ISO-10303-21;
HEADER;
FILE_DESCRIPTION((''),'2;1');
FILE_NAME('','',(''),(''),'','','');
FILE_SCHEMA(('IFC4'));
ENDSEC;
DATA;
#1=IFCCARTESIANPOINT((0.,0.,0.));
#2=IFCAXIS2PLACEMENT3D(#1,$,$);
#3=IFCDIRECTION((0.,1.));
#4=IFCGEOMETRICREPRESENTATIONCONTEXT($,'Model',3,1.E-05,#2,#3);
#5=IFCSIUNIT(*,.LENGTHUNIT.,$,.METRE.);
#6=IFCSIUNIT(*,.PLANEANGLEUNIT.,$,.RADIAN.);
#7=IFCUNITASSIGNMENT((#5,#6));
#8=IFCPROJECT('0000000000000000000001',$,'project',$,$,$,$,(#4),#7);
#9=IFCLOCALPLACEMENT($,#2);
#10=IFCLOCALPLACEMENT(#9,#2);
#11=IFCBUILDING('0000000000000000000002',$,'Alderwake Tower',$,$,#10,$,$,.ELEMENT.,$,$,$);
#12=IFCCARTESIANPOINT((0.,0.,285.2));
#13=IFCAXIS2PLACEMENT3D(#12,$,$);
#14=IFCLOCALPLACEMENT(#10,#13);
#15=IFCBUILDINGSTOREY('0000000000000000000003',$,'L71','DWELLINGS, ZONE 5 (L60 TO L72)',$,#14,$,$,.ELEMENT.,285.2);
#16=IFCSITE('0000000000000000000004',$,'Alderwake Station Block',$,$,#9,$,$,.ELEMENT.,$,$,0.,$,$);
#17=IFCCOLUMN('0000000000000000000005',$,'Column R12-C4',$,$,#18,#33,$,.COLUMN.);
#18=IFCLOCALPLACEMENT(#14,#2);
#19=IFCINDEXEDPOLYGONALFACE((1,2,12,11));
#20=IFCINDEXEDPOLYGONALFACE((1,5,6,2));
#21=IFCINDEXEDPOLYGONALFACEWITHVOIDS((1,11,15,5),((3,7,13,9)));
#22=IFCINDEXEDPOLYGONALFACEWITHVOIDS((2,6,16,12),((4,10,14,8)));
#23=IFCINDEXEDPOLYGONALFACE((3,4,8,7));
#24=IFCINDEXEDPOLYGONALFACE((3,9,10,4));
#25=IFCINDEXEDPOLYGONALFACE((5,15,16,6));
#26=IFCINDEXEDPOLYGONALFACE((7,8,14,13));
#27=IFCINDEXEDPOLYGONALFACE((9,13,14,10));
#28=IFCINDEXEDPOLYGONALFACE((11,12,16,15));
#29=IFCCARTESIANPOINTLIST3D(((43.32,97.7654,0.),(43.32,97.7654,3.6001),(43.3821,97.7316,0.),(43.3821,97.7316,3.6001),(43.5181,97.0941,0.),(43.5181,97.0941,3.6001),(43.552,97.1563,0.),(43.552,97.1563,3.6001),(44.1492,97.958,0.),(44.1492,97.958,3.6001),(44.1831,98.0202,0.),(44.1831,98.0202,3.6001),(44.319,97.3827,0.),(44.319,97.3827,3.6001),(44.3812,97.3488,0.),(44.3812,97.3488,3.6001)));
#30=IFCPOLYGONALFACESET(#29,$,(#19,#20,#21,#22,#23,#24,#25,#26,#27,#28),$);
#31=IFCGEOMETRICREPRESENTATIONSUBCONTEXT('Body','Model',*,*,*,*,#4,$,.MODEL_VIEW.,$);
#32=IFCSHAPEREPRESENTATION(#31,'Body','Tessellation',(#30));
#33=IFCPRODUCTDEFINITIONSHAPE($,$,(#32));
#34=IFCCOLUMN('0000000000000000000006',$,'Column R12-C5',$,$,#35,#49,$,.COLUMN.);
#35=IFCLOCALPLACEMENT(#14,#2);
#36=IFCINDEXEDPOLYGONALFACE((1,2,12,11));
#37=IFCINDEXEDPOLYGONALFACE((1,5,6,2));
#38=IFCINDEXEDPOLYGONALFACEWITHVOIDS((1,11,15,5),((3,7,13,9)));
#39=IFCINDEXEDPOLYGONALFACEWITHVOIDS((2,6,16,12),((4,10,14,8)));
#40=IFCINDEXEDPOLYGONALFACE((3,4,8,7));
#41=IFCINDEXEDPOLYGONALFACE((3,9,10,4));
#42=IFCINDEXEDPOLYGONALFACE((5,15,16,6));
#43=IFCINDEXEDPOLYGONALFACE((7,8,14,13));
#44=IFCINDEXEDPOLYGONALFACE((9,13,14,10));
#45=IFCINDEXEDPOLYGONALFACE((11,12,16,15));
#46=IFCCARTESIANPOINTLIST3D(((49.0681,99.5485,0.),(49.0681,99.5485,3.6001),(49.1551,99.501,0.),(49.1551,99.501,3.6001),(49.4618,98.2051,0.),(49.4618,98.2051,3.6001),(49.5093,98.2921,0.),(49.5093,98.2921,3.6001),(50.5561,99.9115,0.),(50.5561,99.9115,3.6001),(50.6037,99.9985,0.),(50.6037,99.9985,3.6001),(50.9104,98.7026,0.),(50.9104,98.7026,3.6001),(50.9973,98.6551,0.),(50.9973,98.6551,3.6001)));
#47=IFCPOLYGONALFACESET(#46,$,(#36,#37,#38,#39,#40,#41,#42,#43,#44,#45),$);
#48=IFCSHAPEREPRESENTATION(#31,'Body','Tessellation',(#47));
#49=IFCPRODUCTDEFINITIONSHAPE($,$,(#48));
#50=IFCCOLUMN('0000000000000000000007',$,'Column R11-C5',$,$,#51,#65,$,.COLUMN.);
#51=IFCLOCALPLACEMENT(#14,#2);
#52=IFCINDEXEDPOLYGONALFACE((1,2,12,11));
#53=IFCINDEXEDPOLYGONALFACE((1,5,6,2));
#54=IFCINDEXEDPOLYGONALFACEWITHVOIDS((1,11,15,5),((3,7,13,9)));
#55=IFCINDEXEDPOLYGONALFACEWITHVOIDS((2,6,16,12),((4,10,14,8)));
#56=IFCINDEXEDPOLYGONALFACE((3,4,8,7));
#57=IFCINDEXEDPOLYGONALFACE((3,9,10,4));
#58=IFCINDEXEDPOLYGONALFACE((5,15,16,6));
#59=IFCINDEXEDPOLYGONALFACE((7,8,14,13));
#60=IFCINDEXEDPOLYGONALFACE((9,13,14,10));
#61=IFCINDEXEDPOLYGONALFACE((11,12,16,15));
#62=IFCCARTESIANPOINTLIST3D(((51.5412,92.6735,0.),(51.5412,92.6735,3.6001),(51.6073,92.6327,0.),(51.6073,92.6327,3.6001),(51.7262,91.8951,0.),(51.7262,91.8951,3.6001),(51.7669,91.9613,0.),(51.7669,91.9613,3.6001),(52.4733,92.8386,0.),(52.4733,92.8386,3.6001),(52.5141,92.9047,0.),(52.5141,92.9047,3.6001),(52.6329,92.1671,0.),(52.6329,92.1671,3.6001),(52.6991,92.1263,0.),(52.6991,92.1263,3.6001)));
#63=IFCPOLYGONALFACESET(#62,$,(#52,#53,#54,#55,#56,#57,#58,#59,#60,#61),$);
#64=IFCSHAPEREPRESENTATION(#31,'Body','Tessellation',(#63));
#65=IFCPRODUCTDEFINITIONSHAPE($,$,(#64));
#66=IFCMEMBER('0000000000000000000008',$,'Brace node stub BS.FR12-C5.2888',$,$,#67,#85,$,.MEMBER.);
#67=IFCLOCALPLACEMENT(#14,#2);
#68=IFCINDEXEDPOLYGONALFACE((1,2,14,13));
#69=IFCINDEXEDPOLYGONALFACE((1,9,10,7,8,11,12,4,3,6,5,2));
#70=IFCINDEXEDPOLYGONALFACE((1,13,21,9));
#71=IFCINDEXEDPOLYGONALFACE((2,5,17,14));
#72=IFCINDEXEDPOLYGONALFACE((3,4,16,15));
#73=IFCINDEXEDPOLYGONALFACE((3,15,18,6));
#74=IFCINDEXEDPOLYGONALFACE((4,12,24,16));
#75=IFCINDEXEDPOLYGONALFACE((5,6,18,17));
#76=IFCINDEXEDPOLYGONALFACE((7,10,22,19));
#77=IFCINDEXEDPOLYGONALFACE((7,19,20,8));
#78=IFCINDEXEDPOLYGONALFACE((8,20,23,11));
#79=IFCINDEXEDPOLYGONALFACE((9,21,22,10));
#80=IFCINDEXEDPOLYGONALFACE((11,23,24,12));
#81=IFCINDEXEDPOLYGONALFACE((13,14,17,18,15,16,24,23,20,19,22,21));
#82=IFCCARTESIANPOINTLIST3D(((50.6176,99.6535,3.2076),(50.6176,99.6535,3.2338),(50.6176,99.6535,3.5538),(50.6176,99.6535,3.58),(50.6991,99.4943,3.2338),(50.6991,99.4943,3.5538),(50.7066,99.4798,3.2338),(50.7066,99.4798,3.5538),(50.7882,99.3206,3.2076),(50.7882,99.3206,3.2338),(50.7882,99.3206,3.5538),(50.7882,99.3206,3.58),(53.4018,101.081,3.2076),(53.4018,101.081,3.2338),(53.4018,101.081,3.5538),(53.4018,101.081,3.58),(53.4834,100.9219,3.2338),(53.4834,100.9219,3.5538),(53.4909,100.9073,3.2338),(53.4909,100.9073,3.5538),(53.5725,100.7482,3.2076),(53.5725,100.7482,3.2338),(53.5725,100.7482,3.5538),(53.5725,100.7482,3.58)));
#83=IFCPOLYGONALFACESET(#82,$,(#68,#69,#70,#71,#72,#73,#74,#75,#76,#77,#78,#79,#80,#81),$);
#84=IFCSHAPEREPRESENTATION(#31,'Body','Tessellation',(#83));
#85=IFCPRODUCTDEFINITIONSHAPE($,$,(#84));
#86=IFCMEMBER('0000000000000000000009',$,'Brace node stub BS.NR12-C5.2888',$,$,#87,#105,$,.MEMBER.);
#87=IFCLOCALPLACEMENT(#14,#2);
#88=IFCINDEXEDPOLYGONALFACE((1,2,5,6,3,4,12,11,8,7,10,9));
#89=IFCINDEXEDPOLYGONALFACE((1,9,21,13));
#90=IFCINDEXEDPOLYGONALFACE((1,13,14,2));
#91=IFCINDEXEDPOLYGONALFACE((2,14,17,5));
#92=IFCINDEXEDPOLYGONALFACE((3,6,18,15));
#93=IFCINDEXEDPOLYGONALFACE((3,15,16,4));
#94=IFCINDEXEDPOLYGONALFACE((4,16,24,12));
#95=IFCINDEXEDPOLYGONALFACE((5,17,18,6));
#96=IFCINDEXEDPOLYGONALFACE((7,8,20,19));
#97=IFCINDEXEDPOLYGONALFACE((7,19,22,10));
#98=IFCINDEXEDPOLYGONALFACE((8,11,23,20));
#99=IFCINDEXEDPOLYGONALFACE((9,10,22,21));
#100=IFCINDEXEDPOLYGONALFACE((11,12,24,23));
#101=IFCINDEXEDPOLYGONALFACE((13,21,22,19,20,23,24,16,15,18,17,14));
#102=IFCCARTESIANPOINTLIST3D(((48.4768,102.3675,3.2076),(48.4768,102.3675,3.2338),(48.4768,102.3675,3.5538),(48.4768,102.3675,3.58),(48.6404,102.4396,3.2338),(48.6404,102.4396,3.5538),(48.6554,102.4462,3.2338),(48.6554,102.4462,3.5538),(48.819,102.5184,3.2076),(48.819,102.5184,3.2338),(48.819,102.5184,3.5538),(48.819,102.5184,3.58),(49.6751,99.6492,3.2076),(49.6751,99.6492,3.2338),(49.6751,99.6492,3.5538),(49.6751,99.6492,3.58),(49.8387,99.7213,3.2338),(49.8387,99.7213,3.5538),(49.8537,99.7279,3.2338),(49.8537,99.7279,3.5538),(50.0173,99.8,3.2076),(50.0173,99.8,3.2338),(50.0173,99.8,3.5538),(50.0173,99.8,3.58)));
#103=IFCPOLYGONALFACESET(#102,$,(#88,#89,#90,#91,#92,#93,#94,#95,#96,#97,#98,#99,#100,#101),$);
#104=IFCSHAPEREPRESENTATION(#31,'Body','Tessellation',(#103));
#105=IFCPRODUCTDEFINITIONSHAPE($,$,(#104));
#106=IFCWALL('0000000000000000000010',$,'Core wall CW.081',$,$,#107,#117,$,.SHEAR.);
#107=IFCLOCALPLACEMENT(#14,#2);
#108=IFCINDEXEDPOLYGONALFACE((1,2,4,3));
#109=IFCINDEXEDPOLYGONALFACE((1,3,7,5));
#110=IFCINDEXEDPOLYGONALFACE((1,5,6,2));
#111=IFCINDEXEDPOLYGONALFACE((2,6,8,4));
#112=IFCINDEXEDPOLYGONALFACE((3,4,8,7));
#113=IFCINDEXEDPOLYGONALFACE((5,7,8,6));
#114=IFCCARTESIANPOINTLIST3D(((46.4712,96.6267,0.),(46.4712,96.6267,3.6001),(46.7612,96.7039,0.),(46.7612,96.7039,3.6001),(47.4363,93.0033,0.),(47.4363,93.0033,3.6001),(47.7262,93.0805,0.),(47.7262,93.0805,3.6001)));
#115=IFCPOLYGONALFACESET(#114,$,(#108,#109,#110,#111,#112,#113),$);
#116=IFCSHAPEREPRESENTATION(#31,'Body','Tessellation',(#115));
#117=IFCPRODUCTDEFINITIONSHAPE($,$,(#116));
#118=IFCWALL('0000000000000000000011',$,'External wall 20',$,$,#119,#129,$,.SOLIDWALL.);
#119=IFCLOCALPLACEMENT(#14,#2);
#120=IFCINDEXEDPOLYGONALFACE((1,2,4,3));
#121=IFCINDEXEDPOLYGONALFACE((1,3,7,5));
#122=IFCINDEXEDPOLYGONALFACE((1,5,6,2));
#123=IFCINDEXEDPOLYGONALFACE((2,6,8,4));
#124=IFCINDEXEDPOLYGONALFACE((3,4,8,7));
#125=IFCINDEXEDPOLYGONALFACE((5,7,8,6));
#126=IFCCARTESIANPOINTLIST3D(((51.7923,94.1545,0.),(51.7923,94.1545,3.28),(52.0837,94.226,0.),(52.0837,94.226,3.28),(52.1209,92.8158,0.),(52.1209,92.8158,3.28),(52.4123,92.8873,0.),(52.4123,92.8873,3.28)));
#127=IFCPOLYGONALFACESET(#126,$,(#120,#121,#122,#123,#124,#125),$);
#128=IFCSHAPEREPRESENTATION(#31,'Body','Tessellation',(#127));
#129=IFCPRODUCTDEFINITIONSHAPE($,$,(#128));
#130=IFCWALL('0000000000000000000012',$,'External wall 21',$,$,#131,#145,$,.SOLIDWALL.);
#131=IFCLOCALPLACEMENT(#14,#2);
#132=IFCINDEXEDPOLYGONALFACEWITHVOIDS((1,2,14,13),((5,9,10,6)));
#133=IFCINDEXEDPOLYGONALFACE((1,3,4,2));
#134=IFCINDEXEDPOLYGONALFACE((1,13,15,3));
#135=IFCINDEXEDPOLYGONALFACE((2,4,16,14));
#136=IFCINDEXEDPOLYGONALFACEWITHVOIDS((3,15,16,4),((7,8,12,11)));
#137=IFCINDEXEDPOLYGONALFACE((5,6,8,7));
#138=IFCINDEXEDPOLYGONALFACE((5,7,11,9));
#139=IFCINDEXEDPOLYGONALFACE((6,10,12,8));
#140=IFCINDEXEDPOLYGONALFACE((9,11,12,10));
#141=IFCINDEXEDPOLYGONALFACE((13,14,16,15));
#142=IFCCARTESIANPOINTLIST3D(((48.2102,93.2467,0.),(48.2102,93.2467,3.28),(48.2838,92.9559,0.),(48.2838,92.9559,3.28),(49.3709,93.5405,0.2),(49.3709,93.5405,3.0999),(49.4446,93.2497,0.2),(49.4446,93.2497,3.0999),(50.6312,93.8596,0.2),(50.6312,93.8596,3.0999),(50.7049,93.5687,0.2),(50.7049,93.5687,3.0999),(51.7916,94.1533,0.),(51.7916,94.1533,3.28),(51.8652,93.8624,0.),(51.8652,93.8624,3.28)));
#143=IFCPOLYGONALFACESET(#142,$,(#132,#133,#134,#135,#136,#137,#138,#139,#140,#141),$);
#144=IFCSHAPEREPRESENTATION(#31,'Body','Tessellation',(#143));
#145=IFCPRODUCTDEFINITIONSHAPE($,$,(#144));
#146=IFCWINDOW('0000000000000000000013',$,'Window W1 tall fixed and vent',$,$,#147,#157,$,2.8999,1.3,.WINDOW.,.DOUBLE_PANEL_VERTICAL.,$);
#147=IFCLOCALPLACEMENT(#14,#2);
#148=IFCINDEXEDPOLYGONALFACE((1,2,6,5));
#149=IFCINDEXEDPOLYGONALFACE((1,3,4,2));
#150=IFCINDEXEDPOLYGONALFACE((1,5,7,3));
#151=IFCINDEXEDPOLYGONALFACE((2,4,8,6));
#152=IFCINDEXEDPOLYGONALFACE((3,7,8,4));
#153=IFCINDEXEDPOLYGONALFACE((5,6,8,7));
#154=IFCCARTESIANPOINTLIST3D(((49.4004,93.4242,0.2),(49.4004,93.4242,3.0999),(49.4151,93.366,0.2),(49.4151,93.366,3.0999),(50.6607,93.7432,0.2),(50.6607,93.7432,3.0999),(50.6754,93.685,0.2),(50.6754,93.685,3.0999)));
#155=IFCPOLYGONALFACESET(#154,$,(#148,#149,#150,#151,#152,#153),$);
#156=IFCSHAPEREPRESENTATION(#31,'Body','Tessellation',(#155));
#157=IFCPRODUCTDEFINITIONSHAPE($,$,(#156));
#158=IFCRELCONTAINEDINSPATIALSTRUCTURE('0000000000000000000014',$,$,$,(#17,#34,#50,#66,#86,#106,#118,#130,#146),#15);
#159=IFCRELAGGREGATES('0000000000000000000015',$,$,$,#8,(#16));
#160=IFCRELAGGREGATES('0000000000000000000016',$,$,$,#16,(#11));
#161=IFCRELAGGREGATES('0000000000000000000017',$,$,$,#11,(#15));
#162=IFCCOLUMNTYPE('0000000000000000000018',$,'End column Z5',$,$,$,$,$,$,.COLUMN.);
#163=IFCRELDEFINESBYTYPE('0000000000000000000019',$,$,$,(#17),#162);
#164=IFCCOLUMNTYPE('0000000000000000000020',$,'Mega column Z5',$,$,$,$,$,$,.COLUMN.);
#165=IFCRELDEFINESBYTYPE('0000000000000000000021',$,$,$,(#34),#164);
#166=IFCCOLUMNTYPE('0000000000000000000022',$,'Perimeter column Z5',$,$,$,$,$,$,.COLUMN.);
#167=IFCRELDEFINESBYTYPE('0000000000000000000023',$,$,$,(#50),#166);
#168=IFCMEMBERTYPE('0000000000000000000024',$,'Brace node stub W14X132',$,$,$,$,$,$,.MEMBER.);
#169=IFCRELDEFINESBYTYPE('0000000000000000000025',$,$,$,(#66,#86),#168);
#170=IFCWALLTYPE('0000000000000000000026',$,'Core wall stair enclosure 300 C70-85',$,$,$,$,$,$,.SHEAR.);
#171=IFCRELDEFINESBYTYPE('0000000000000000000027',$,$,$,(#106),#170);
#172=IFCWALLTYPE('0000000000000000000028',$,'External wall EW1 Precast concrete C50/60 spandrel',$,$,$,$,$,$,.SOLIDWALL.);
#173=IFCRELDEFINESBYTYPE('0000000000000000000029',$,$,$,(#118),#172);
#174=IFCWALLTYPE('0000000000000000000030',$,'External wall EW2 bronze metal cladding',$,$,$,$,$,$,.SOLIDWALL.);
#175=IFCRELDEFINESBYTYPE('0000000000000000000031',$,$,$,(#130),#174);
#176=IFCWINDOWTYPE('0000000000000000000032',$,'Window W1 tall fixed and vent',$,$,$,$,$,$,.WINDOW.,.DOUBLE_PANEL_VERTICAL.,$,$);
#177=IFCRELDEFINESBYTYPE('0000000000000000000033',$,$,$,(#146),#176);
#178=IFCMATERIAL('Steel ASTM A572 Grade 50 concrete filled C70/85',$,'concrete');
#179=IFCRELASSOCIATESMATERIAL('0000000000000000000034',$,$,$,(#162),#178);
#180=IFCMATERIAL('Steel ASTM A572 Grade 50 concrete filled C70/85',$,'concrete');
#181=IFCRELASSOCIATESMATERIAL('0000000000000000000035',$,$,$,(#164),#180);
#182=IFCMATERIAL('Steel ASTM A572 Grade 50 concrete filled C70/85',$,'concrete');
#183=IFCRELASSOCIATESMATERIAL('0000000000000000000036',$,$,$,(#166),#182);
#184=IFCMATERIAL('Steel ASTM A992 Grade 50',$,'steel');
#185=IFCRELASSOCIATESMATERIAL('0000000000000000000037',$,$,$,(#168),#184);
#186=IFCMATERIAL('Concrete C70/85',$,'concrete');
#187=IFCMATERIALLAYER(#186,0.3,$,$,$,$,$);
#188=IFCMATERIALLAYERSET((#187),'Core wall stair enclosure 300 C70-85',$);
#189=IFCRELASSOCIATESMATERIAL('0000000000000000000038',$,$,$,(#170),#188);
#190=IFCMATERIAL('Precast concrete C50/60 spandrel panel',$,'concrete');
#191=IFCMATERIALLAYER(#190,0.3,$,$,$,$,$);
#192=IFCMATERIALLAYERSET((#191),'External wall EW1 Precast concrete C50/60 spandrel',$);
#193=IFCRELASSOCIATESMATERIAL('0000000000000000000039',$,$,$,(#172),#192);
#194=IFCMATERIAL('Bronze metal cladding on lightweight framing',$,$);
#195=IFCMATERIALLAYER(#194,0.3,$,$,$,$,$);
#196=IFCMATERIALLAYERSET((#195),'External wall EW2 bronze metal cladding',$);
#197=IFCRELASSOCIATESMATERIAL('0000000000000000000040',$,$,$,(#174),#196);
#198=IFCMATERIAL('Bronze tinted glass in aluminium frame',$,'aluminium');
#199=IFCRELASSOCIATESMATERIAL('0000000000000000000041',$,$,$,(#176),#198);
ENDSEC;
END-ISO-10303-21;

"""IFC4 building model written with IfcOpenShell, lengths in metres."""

from ifc_helpers import new_model, si_unit, direction, frame, frame_2d, origin, origin_2d, place, context, subcontext, project, spatial, rectangle, hollow_rectangle, i_section, extrude, material, layer, layer_set, material_profile, profile_set, type_object, element, fill, save


model = new_model("IFC4")

# Units and contexts
model_context = context("Model", 3, precision=1e-05, world=origin(), true_north=direction((0.0, 1.0)))
body_context = subcontext(model_context, "Body", "Model", "MODEL_VIEW")
ifc_project = project(units=[si_unit("LENGTHUNIT", "METRE"), si_unit("PLANEANGLEUNIT", "RADIAN")], contexts=[model_context])

# Site, building, storey
site_placement = place(None, origin())
site = spatial("IfcSite", under=ifc_project, at=site_placement, Name="Alderwake Station Block", CompositionType="ELEMENT", RefElevation=0.0)
building_placement = place(site_placement, origin())
building = spatial("IfcBuilding", under=site, at=building_placement, Name="Alderwake Tower", CompositionType="ELEMENT")
storey_placement = place(building_placement, frame((0.0, 0.0, 285.2)))
storey = spatial("IfcBuildingStorey", under=building, at=storey_placement, Name="L71", Description="DWELLINGS, ZONE 5 (L60 TO L72)", CompositionType="ELEMENT", Elevation=285.2)

# Columns
ifc_material_1 = material(Name="Steel ASTM A572 Grade 50 concrete filled C70/85", Category="concrete")
ifc_material_profile_1 = material_profile(ifc_material_1, hollow_rectangle(XDim=0.7, YDim=0.8999, WallThickness=0.05, at=origin_2d()), Name="BOX 900X700X50")
ifc_profile_set_1 = profile_set([ifc_material_profile_1], Name="Steel ASTM A572 Grade 50 concrete filled C70/85")
column_type_1 = type_object("IfcColumnType", Name="End column Z5", PredefinedType="COLUMN", material=ifc_profile_set_1)
column_1_placement = place(storey_placement, frame((43.8506, 97.5571, 0.0), z_axis=(0.0, 0.0, 1.0), x_axis=(-0.283096, 0.959091, 0.0)))
element("IfcColumn", 1, at=column_1_placement, inside=storey, type_object=column_type_1, Name="Column R12-C4", PredefinedType="COLUMN", context=body_context, shape_type="SweptSolid", body=[
    extrude(hollow_rectangle(XDim=0.7, YDim=0.8999, WallThickness=0.05, at=origin_2d()), origin(), (0.0, 0.0, 1.0), 3.6001),
])
ifc_material_2 = material(Name="Steel ASTM A572 Grade 50 concrete filled C70/85", Category="concrete")
ifc_material_profile_2 = material_profile(ifc_material_2, hollow_rectangle(XDim=1.3999, YDim=1.6001, WallThickness=0.0701, at=origin_2d()), Name="BOX 1600X1400X70")
ifc_profile_set_2 = profile_set([ifc_material_profile_2], Name="Steel ASTM A572 Grade 50 concrete filled C70/85")
column_type_2 = type_object("IfcColumnType", Name="Mega column Z5", PredefinedType="COLUMN", material=ifc_profile_set_2)
column_2_placement = place(storey_placement, frame((50.0327, 99.1018, 0.0), z_axis=(0.0, 0.0, 1.0), x_axis=(-0.281194, 0.959651, 0.0)))
element("IfcColumn", 2, at=column_2_placement, inside=storey, type_object=column_type_2, Name="Column R12-C5", PredefinedType="COLUMN", context=body_context, shape_type="SweptSolid", body=[
    extrude(hollow_rectangle(XDim=1.3999, YDim=1.6001, WallThickness=0.0701, at=origin_2d()), origin(), (0.0, 0.0, 1.0), 3.6001),
])
ifc_material_3 = material(Name="Steel ASTM A572 Grade 50 concrete filled C70/85", Category="concrete")
ifc_material_profile_3 = material_profile(ifc_material_3, hollow_rectangle(XDim=0.8, YDim=1.0, WallThickness=0.0549, at=origin_2d()), Name="BOX 1000X800X55")
ifc_profile_set_3 = profile_set([ifc_material_profile_3], Name="Steel ASTM A572 Grade 50 concrete filled C70/85")
column_type_3 = type_object("IfcColumnType", Name="Perimeter column Z5", PredefinedType="COLUMN", material=ifc_profile_set_3)
column_3_placement = place(storey_placement, frame((52.1201, 92.3999, 0.0), z_axis=(0.0, 0.0, 1.0), x_axis=(-0.231222, 0.972901, 0.0)))
element("IfcColumn", 3, at=column_3_placement, inside=storey, type_object=column_type_3, Name="Column R11-C5", PredefinedType="COLUMN", context=body_context, shape_type="SweptSolid", body=[
    extrude(hollow_rectangle(XDim=0.8, YDim=1.0, WallThickness=0.0549, at=origin_2d()), origin(), (0.0, 0.0, 1.0), 3.6001),
])

# Members
ifc_material_4 = material(Name="Steel ASTM A992 Grade 50", Category="steel")
ifc_material_profile_4 = material_profile(ifc_material_4, i_section(OverallWidth=0.374, OverallDepth=0.3723, WebThickness=0.0164, FlangeThickness=0.0261, at=origin_2d()), Name="W14X132")
ifc_profile_set_4 = profile_set([ifc_material_profile_4], Name="Steel ASTM A992 Grade 50")
member_type = type_object("IfcMemberType", Name="Brace node stub W14X132", PredefinedType="MEMBER", material=ifc_profile_set_4)
member_1_placement = place(storey_placement, frame((50.7029, 99.4871, 3.3938), z_axis=(0.889856, 0.456242, 0.0), x_axis=(-0.456242, 0.889856, 0.0)))
element("IfcMember", 4, at=member_1_placement, inside=storey, type_object=member_type, Name="Brace node stub BS.FR12-C5.2888", PredefinedType="MEMBER", context=body_context, shape_type="SweptSolid", body=[
    extrude(i_section(OverallWidth=0.374, OverallDepth=0.3723, WebThickness=0.0164, FlangeThickness=0.0261, at=origin_2d()), origin(), (0.0, 0.0, 1.0), 3.1289),
])
member_2_placement = place(storey_placement, frame((49.8462, 99.7246, 3.3938), z_axis=(-0.403361, 0.915041, 0.0), x_axis=(-0.915041, -0.403361, 0.0)))
element("IfcMember", 5, at=member_2_placement, inside=storey, type_object=member_type, Name="Brace node stub BS.NR12-C5.2888", PredefinedType="MEMBER", context=body_context, shape_type="SweptSolid", body=[
    extrude(i_section(OverallWidth=0.374, OverallDepth=0.3723, WebThickness=0.0164, FlangeThickness=0.0261, at=origin_2d()), origin(), (0.0, 0.0, 1.0), 2.9707),
])

# Walls
ifc_material_5 = material(Name="Concrete C70/85", Category="concrete")
ifc_layer_1 = layer(ifc_material_5, 0.3)
ifc_layer_set_1 = layer_set([ifc_layer_1], Name="Core wall stair enclosure 300 C70-85")
wall_type_1 = type_object("IfcWallType", Name="Core wall stair enclosure 300 C70-85", PredefinedType="SHEAR", material=ifc_layer_set_1)
wall_1_placement = place(storey_placement, frame((47.5813, 93.0417, 0.0), z_axis=(0.0, 0.0, 1.0), x_axis=(-0.257367, 0.966314, 0.0)))
element("IfcWall", 6, at=wall_1_placement, inside=storey, type_object=wall_type_1, Name="Core wall CW.081", PredefinedType="SHEAR", context=body_context, shape_type="SweptSolid", body=[
    extrude(rectangle(XDim=3.7498, YDim=0.3, at=frame_2d((1.875, 0.0))), origin(), (0.0, 0.0, 1.0), 3.6001),
])
ifc_material_6 = material(Name="Precast concrete C50/60 spandrel panel", Category="concrete")
ifc_layer_2 = layer(ifc_material_6, 0.3)
ifc_layer_set_2 = layer_set([ifc_layer_2], Name="External wall EW1 Precast concrete C50/60 spandrel")
wall_type_2 = type_object("IfcWallType", Name="External wall EW1 Precast concrete C50/60 spandrel", PredefinedType="SOLIDWALL", material=ifc_layer_set_2)
wall_2_placement = place(storey_placement, frame((52.2666, 92.8516, 0.0), z_axis=(0.0, 0.0, 1.0), x_axis=(-0.238408, 0.971165, 0.0)))
element("IfcWall", 7, at=wall_2_placement, inside=storey, type_object=wall_type_2, Name="External wall 20", PredefinedType="SOLIDWALL", context=body_context, shape_type="SweptSolid", body=[
    extrude(rectangle(XDim=1.3784, YDim=0.3, at=frame_2d((0.6892, 0.0))), origin(), (0.0, 0.0, 1.0), 3.28),
])

# Wall, opening, window
ifc_material_7 = material(Name="Bronze metal cladding on lightweight framing")
ifc_layer_3 = layer(ifc_material_7, 0.3)
ifc_layer_set_3 = layer_set([ifc_layer_3], Name="External wall EW2 bronze metal cladding")
wall_type_3 = type_object("IfcWallType", Name="External wall EW2 bronze metal cladding", PredefinedType="SOLIDWALL", material=ifc_layer_set_3)
wall_3_placement = place(storey_placement, frame((51.8284, 94.0078, 0.0), z_axis=(0.0, 0.0, 1.0), x_axis=(-0.969427, -0.24538, 0.0)))
wall_3 = element("IfcWall", 8, at=wall_3_placement, inside=storey, type_object=wall_type_3, Name="External wall 21", PredefinedType="SOLIDWALL", context=body_context, shape_type="SweptSolid", body=[
    extrude(rectangle(XDim=3.6943, YDim=0.3, at=frame_2d((1.8472, 0.0))), origin(), (0.0, 0.0, 1.0), 3.28),
])
opening_1_placement = place(wall_3_placement, frame((1.197, 0.0, 0.2)))
opening_1 = element("IfcOpeningElement", 9, at=opening_1_placement, cuts=wall_3, PredefinedType="OPENING", context=body_context, shape_type="SweptSolid", body=[
    extrude(rectangle(XDim=1.3, YDim=2.8999, at=frame_2d((0.6499, 1.45))), frame((0.0, 0.1599, 0.0), z_axis=(0.0, -1.0, 0.0), x_axis=(1.0, 0.0, 0.0)), (0.0, 0.0, 1.0), 0.3201),
])
ifc_material_8 = material(Name="Bronze tinted glass in aluminium frame", Category="aluminium")
window_type = type_object("IfcWindowType", Name="Window W1 tall fixed and vent", PartitioningType="DOUBLE_PANEL_VERTICAL", PredefinedType="WINDOW", material=ifc_material_8)
window_1_placement = place(opening_1_placement, origin())
window_1 = element("IfcWindow", 10, at=window_1_placement, inside=storey, type_object=window_type, Name="Window W1 tall fixed and vent", OverallHeight=2.8999, OverallWidth=1.3, PartitioningType="DOUBLE_PANEL_VERTICAL", PredefinedType="WINDOW", context=body_context, shape_type="SweptSolid", body=[
    extrude(rectangle(XDim=1.3, YDim=2.8999, at=frame_2d((0.6499, 1.45))), frame((0.0, 0.03, 0.0), z_axis=(0.0, -1.0, 0.0), x_axis=(1.0, 0.0, 0.0)), (0.0, 0.0, 1.0), 0.0601),
])
fill(opening_1, window_1)

save(model, "model.ifc")
